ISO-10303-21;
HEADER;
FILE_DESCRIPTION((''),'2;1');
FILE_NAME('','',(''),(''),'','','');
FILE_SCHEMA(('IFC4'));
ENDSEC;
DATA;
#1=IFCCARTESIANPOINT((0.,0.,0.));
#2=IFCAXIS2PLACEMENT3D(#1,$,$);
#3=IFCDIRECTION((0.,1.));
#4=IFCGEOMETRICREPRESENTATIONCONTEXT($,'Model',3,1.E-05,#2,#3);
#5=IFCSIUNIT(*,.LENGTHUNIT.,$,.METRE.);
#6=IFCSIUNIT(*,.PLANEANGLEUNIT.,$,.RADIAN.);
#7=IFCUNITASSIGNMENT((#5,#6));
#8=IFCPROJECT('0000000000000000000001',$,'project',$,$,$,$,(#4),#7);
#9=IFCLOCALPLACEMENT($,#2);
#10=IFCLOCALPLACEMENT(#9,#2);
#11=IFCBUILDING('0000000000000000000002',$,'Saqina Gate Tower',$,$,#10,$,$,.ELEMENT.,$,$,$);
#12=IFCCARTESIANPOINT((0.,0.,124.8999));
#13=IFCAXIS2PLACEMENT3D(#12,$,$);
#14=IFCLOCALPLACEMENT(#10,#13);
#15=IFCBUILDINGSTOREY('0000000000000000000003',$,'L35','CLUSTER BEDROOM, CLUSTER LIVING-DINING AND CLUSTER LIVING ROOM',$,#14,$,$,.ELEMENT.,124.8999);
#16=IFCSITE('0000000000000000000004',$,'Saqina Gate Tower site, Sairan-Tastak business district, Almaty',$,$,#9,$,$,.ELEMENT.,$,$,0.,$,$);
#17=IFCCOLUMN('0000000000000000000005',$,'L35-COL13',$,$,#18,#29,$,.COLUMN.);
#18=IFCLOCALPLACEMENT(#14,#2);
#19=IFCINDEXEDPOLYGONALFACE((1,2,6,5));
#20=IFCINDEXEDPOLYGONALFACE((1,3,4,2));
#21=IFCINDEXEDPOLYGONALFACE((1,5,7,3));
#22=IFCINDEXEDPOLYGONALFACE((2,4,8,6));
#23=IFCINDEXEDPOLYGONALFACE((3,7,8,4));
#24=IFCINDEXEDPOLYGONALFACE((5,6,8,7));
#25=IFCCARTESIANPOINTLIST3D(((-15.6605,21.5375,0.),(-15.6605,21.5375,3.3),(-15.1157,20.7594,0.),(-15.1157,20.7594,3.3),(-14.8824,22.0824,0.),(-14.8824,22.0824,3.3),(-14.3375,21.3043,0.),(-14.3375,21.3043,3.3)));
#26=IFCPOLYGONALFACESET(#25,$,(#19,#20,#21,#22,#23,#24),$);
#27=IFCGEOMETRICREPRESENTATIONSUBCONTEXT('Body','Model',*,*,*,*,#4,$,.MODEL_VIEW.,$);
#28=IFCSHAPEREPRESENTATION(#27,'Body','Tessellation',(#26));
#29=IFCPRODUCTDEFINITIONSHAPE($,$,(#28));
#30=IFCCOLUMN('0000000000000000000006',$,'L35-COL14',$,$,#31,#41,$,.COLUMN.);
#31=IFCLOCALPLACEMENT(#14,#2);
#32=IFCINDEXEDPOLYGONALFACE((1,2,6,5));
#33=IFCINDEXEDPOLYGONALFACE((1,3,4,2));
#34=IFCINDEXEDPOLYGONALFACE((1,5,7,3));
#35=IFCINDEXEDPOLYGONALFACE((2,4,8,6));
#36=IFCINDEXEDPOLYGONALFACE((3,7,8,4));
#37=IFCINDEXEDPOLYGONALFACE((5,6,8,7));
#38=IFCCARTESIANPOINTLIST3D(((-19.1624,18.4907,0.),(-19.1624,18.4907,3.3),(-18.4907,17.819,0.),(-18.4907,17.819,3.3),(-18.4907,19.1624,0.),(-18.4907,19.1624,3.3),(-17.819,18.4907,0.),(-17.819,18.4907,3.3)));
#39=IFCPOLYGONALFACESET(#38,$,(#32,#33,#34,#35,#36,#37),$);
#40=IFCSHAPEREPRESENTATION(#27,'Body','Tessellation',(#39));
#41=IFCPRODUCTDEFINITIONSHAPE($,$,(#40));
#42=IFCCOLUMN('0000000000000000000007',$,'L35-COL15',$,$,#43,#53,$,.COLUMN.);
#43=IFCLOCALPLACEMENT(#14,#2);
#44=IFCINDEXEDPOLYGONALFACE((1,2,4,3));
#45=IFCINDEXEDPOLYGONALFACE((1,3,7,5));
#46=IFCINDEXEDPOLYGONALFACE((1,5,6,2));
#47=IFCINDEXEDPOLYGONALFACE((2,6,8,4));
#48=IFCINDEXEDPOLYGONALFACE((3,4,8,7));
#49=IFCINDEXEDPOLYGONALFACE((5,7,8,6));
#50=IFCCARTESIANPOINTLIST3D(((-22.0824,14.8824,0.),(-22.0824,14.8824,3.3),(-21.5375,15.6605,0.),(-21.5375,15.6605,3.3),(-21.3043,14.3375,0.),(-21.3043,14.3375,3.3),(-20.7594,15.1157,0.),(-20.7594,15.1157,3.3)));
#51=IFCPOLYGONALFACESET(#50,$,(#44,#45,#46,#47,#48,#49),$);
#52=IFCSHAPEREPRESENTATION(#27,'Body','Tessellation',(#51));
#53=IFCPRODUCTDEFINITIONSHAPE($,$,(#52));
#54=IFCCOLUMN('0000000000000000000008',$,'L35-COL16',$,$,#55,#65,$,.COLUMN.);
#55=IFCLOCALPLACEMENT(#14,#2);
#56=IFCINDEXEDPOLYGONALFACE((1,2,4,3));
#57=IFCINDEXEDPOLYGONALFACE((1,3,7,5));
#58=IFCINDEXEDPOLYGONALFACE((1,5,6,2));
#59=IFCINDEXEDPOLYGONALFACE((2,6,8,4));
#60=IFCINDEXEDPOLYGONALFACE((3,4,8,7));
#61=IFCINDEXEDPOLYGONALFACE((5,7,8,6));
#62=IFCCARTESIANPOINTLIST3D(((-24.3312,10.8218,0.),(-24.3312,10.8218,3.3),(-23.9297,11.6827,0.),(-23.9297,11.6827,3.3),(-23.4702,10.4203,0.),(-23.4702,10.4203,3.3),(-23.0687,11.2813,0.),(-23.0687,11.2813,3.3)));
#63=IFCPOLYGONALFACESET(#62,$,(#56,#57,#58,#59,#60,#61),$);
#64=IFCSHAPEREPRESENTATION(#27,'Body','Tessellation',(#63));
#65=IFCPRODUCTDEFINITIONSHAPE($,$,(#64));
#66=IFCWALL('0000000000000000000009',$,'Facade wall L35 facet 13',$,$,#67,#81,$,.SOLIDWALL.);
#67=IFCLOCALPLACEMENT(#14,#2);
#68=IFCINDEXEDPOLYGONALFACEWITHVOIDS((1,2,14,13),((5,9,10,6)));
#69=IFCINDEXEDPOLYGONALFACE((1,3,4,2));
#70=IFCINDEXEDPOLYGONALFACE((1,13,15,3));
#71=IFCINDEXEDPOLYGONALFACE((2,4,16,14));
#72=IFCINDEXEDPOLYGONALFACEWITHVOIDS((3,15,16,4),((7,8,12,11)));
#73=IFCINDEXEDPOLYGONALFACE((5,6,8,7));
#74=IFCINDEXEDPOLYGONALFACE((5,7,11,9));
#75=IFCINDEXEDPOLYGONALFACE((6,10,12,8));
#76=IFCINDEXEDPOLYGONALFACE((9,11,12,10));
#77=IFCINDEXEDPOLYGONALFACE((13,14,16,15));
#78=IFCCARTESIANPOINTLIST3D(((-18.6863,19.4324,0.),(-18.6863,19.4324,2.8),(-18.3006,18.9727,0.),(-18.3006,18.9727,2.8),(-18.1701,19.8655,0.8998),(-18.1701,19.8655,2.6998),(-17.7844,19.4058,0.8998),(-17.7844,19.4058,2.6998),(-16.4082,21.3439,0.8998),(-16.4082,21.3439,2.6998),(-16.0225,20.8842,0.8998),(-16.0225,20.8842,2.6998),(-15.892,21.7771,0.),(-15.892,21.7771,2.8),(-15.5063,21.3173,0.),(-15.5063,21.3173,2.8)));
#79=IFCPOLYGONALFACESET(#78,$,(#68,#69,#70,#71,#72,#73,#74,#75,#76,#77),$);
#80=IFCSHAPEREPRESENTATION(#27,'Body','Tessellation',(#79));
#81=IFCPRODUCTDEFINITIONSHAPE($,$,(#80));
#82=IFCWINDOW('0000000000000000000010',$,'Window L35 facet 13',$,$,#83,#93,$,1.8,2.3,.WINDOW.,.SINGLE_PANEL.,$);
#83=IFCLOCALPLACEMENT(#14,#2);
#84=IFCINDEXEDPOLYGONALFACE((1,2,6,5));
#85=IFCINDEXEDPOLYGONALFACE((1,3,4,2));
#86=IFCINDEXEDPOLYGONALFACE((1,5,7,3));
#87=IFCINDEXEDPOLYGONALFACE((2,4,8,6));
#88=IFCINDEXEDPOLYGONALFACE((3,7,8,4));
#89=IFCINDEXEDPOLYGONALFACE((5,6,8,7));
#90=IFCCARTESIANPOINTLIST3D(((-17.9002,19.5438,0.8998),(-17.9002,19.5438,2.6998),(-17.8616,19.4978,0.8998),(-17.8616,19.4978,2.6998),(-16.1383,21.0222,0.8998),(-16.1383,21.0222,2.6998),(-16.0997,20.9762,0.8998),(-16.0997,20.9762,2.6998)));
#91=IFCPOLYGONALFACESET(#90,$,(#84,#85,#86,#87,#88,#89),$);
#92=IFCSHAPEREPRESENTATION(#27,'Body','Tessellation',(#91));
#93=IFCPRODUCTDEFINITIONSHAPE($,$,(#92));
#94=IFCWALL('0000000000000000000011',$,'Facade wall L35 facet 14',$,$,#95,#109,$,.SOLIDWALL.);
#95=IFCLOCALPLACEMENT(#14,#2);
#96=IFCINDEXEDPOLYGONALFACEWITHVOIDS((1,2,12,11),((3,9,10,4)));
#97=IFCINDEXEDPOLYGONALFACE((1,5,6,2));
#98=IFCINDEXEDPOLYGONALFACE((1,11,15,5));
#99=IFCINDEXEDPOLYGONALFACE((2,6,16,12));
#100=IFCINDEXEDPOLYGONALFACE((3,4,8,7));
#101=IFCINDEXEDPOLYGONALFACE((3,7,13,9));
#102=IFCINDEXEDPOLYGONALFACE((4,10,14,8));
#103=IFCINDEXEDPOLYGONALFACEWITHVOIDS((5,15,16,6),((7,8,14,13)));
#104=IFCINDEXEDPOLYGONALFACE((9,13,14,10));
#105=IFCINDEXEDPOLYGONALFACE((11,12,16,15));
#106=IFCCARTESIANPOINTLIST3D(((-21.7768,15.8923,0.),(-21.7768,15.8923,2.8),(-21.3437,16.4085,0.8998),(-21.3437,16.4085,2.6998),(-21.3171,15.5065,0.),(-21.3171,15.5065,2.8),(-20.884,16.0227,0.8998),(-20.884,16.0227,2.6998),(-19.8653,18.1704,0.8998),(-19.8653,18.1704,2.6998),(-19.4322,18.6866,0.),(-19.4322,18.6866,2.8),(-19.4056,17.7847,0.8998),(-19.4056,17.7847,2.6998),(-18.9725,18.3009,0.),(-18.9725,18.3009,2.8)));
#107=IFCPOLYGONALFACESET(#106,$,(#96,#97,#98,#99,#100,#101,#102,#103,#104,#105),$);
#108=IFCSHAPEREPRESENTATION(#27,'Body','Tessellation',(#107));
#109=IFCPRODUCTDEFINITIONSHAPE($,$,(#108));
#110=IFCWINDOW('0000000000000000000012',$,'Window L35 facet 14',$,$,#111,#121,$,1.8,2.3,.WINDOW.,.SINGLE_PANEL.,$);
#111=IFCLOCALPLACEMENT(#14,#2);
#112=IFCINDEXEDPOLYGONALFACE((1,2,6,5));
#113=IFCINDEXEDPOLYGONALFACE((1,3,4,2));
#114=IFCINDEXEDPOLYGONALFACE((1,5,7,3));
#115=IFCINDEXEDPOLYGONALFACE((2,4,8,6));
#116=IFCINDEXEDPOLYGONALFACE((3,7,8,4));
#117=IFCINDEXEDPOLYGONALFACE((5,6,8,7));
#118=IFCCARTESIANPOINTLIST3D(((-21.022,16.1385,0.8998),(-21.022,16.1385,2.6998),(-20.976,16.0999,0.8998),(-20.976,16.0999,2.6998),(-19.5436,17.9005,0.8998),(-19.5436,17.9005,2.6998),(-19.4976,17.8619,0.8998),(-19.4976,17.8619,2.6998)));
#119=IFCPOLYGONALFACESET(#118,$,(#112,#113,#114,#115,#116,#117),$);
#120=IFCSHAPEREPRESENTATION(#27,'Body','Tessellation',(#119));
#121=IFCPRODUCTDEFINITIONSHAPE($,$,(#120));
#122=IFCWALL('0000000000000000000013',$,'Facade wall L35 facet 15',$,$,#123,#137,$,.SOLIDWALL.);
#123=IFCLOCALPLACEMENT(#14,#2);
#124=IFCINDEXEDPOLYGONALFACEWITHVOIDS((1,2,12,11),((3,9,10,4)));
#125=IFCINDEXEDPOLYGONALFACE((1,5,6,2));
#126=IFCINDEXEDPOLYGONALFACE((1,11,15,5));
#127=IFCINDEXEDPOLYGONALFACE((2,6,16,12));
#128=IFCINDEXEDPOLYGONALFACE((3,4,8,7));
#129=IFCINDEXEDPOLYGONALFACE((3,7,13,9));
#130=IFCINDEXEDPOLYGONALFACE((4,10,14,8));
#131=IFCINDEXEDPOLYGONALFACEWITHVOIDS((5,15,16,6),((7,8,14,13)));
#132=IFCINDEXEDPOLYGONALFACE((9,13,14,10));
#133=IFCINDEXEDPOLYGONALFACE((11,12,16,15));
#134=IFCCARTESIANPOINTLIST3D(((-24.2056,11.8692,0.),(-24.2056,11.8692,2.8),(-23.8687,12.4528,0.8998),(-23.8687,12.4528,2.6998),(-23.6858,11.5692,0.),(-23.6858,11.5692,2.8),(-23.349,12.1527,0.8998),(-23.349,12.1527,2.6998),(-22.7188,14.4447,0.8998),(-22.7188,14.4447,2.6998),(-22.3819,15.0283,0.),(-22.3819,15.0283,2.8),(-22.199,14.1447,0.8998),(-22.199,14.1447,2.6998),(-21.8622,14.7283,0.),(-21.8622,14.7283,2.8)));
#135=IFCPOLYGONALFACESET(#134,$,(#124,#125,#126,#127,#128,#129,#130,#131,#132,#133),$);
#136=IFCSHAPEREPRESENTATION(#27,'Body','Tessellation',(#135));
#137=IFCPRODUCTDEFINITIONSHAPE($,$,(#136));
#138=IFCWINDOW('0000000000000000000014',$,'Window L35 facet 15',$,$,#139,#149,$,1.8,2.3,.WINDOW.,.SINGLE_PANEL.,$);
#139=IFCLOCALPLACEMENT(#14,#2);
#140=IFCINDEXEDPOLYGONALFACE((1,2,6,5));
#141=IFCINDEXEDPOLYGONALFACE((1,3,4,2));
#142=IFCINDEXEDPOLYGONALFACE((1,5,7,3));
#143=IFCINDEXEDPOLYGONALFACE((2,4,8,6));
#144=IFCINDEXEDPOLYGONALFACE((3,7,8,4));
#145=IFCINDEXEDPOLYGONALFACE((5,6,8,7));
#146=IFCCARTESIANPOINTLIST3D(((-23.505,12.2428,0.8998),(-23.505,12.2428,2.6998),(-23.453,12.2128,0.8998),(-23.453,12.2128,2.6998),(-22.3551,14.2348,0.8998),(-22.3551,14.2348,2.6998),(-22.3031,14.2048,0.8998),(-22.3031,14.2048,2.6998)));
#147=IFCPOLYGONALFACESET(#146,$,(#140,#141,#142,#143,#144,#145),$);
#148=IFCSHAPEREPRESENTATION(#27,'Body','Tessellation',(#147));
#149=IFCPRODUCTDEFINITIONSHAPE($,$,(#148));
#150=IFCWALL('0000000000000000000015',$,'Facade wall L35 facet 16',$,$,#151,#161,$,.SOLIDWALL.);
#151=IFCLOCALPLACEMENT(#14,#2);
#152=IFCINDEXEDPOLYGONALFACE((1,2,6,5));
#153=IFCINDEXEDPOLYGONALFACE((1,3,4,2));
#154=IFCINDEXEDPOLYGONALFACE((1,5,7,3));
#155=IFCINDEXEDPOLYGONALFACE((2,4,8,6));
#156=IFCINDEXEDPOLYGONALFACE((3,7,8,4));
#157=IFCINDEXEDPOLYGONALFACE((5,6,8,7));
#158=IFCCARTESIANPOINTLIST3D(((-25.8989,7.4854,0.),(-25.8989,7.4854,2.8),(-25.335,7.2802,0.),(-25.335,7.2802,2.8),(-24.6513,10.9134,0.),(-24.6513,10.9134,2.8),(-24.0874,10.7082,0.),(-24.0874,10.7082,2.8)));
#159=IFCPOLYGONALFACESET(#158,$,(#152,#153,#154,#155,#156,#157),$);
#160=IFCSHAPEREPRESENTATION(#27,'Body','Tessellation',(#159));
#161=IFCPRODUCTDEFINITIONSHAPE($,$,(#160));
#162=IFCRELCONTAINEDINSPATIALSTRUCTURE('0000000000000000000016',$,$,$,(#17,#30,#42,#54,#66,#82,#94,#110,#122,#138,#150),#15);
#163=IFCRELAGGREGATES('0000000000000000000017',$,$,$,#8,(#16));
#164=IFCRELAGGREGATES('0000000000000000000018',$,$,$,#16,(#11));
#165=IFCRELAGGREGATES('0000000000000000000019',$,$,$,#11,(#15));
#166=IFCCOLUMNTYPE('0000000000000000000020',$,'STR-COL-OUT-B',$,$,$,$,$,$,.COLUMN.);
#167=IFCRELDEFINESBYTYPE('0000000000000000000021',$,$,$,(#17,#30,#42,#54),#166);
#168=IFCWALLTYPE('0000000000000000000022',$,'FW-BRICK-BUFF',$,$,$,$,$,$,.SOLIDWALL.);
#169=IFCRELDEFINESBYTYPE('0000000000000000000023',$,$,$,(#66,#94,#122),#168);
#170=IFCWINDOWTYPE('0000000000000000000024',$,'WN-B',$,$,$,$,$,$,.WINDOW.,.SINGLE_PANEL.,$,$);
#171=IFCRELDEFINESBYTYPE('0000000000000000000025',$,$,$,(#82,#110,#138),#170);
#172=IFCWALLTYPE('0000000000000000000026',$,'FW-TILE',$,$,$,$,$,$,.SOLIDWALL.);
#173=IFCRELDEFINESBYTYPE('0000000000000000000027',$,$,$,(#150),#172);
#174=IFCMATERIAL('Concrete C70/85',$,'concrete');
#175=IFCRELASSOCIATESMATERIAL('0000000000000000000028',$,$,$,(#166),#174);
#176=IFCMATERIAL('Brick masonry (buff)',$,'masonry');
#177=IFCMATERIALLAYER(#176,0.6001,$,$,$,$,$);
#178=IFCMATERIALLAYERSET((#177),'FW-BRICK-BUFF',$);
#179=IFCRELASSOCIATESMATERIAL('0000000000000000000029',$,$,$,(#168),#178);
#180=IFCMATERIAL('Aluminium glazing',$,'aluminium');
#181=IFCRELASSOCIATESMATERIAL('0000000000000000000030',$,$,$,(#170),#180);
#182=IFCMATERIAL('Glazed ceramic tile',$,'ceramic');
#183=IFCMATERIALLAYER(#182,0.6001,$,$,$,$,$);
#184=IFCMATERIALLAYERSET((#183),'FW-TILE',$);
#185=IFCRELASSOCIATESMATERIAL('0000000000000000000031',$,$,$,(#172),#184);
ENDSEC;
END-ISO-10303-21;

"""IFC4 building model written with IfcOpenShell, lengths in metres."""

from ifc_helpers import new_model, si_unit, direction, frame, frame_2d, origin, origin_2d, place, context, subcontext, project, spatial, rectangle, extrude, material, layer, layer_set, material_profile, profile_set, type_object, element, fill, save


model = new_model("IFC4")

# Units and contexts
model_context = context("Model", 3, precision=1e-05, world=origin(), true_north=direction((0.0, 1.0)))
body_context = subcontext(model_context, "Body", "Model", "MODEL_VIEW")
ifc_project = project(units=[si_unit("LENGTHUNIT", "METRE"), si_unit("PLANEANGLEUNIT", "RADIAN")], contexts=[model_context])

# Site, building, storey
site_placement = place(None, origin())
site = spatial("IfcSite", under=ifc_project, at=site_placement, Name="Saqina Gate Tower site, Sairan-Tastak business district, Almaty", CompositionType="ELEMENT", RefElevation=0.0)
building_placement = place(site_placement, origin())
building = spatial("IfcBuilding", under=site, at=building_placement, Name="Saqina Gate Tower", CompositionType="ELEMENT")
storey_placement = place(building_placement, frame((0.0, 0.0, 124.8999)))
storey = spatial("IfcBuildingStorey", under=building, at=storey_placement, Name="L35", Description="CLUSTER BEDROOM, CLUSTER LIVING-DINING AND CLUSTER LIVING ROOM", CompositionType="ELEMENT", Elevation=124.8999)

# Columns
ifc_material_1 = material(Name="Concrete C70/85", Category="concrete")
ifc_material_profile = material_profile(ifc_material_1, rectangle(XDim=0.95, YDim=0.95, at=origin_2d()), Name="RC 950x950")
ifc_profile_set = profile_set([ifc_material_profile], Name="Concrete C70/85")
column_type = type_object("IfcColumnType", Name="STR-COL-OUT-B", PredefinedType="COLUMN", material=ifc_profile_set)
for number, where, z_axis, x_axis, name in (
    (1, (-14.999, 21.4209, 0.0), (0.0, 0.0, 1.0), (-0.573576, 0.819152, 0.0), "L35-COL13"),
    (2, (-18.4907, 18.4907, 0.0), (0.0, 0.0, 1.0), (-0.707107, 0.707107, 0.0), "L35-COL14"),
    (3, (-21.4209, 14.999, 0.0), (0.0, 0.0, 1.0), (-0.819152, 0.573576, 0.0), "L35-COL15"),
    (4, (-23.7, 11.0515, 0.0), (0.0, 0.0, 1.0), (-0.906308, 0.422618, 0.0), "L35-COL16"),
):
    element("IfcColumn", number, at=place(storey_placement, frame(where, z_axis=z_axis, x_axis=x_axis)), inside=storey, type_object=column_type, Name=name, PredefinedType="COLUMN", context=body_context, shape_type="SweptSolid", body=[
        extrude(rectangle(XDim=0.95, YDim=0.95, at=origin_2d()), origin(), (0.0, 0.0, 1.0), 3.3),
    ])

# Walls, openings, windows
ifc_material_2 = material(Name="Brick masonry (buff)", Category="masonry")
ifc_layer_1 = layer(ifc_material_2, 0.6001)
ifc_layer_set_1 = layer_set([ifc_layer_1], Name="FW-BRICK-BUFF")
wall_type_1 = type_object("IfcWallType", Name="FW-BRICK-BUFF", PredefinedType="SOLIDWALL", material=ifc_layer_set_1)
wall_1_placement = place(storey_placement, frame((-15.6992, 21.5471, 0.0), z_axis=(0.0, 0.0, 1.0), x_axis=(-0.766055, -0.642774, 0.0)))
wall_1 = element("IfcWall", 5, at=wall_1_placement, inside=storey, type_object=wall_type_1, Name="Facade wall L35 facet 13", PredefinedType="SOLIDWALL", context=body_context, shape_type="SweptSolid", body=[
    extrude(rectangle(XDim=3.6477, YDim=0.6001, at=frame_2d((1.8237, 0.0))), origin(), (0.0, 0.0, 1.0), 2.8),
])
opening_1_placement = place(wall_1_placement, frame((0.6738, 0.0, 0.8999)))
opening_1 = element("IfcOpeningElement", 6, at=opening_1_placement, cuts=wall_1, PredefinedType="OPENING", context=body_context, shape_type="SweptSolid", body=[
    extrude(rectangle(XDim=2.3, YDim=1.8, at=frame_2d((1.1499, 0.8999))), frame((0.0, 0.312, 0.0), z_axis=(0.0, -1.0, 0.0), x_axis=(1.0, 0.0, 0.0)), (0.0, 0.0, 1.0), 0.624),
])
ifc_material_3 = material(Name="Aluminium glazing", Category="aluminium")
window_type = type_object("IfcWindowType", Name="WN-B", PartitioningType="SINGLE_PANEL", PredefinedType="WINDOW", material=ifc_material_3)
window_1_placement = place(opening_1_placement, origin())
window_1 = element("IfcWindow", 7, at=window_1_placement, inside=storey, type_object=window_type, Name="Window L35 facet 13", OverallHeight=1.8, OverallWidth=2.3, PartitioningType="SINGLE_PANEL", PredefinedType="WINDOW", context=body_context, shape_type="SweptSolid", body=[
    extrude(rectangle(XDim=2.3, YDim=1.8, at=frame_2d((1.1499, 0.8999))), frame((0.0, 0.1799, 0.0), z_axis=(0.0, -1.0, 0.0), x_axis=(1.0, 0.0, 0.0)), (0.0, 0.0, 1.0), 0.0601),
])
fill(opening_1, window_1)
wall_2_placement = place(storey_placement, frame((-19.2024, 18.4937, 0.0), z_axis=(0.0, 0.0, 1.0), x_axis=(-0.642774, -0.766055, 0.0)))
wall_2 = element("IfcWall", 8, at=wall_2_placement, inside=storey, type_object=wall_type_1, Name="Facade wall L35 facet 14", PredefinedType="SOLIDWALL", context=body_context, shape_type="SweptSolid", body=[
    extrude(rectangle(XDim=3.6477, YDim=0.6001, at=frame_2d((1.8237, 0.0))), origin(), (0.0, 0.0, 1.0), 2.8),
])
opening_2_placement = place(wall_2_placement, frame((0.6738, 0.0, 0.8999)))
opening_2 = element("IfcOpeningElement", 9, at=opening_2_placement, cuts=wall_2, PredefinedType="OPENING", context=body_context, shape_type="SweptSolid", body=[
    extrude(rectangle(XDim=2.3, YDim=1.8, at=frame_2d((1.1499, 0.8999))), frame((0.0, 0.312, 0.0), z_axis=(0.0, -1.0, 0.0), x_axis=(1.0, 0.0, 0.0)), (0.0, 0.0, 1.0), 0.624),
])
window_2_placement = place(opening_2_placement, origin())
window_2 = element("IfcWindow", 10, at=window_2_placement, inside=storey, type_object=window_type, Name="Window L35 facet 14", OverallHeight=1.8, OverallWidth=2.3, PartitioningType="SINGLE_PANEL", PredefinedType="WINDOW", context=body_context, shape_type="SweptSolid", body=[
    extrude(rectangle(XDim=2.3, YDim=1.8, at=frame_2d((1.1499, 0.8999))), frame((0.0, 0.1799, 0.0), z_axis=(0.0, -1.0, 0.0), x_axis=(1.0, 0.0, 0.0)), (0.0, 0.0, 1.0), 0.0601),
])
fill(opening_2, window_2)
wall_3_placement = place(storey_placement, frame((-22.1221, 14.8782, 0.0), z_axis=(0.0, 0.0, 1.0), x_axis=(-0.499954, -0.866052, 0.0)))
wall_3 = element("IfcWall", 11, at=wall_3_placement, inside=storey, type_object=wall_type_1, Name="Facade wall L35 facet 15", PredefinedType="SOLIDWALL", context=body_context, shape_type="SweptSolid", body=[
    extrude(rectangle(XDim=3.6477, YDim=0.6001, at=frame_2d((1.8237, 0.0))), origin(), (0.0, 0.0, 1.0), 2.8),
])
opening_3_placement = place(wall_3_placement, frame((0.6738, 0.0, 0.8999)))
opening_3 = element("IfcOpeningElement", 12, at=opening_3_placement, cuts=wall_3, PredefinedType="OPENING", context=body_context, shape_type="SweptSolid", body=[
    extrude(rectangle(XDim=2.3, YDim=1.8, at=frame_2d((1.1499, 0.8999))), frame((0.0, 0.312, 0.0), z_axis=(0.0, -1.0, 0.0), x_axis=(1.0, 0.0, 0.0)), (0.0, 0.0, 1.0), 0.624),
])
window_3_placement = place(opening_3_placement, origin())
window_3 = element("IfcWindow", 13, at=window_3_placement, inside=storey, type_object=window_type, Name="Window L35 facet 15", OverallHeight=1.8, OverallWidth=2.3, PartitioningType="SINGLE_PANEL", PredefinedType="WINDOW", context=body_context, shape_type="SweptSolid", body=[
    extrude(rectangle(XDim=2.3, YDim=1.8, at=frame_2d((1.1499, 0.8999))), frame((0.0, 0.1799, 0.0), z_axis=(0.0, -1.0, 0.0), x_axis=(1.0, 0.0, 0.0)), (0.0, 0.0, 1.0), 0.0601),
])
fill(opening_3, window_3)

# Wall
ifc_material_4 = material(Name="Glazed ceramic tile", Category="ceramic")
ifc_layer_2 = layer(ifc_material_4, 0.6001)
ifc_layer_set_2 = layer_set([ifc_layer_2], Name="FW-TILE")
wall_type_2 = type_object("IfcWallType", Name="FW-TILE", PredefinedType="SOLIDWALL", material=ifc_layer_set_2)
wall_4_placement = place(storey_placement, frame((-24.3694, 10.8108, 0.0), z_axis=(0.0, 0.0, 1.0), x_axis=(-0.34199, -0.939704, 0.0)))
element("IfcWall", 14, at=wall_4_placement, inside=storey, type_object=wall_type_2, Name="Facade wall L35 facet 16", PredefinedType="SOLIDWALL", context=body_context, shape_type="SweptSolid", body=[
    extrude(rectangle(XDim=3.6479, YDim=0.6001, at=frame_2d((1.824, 0.0))), origin(), (0.0, 0.0, 1.0), 2.8),
])

save(model, "model.ifc")
